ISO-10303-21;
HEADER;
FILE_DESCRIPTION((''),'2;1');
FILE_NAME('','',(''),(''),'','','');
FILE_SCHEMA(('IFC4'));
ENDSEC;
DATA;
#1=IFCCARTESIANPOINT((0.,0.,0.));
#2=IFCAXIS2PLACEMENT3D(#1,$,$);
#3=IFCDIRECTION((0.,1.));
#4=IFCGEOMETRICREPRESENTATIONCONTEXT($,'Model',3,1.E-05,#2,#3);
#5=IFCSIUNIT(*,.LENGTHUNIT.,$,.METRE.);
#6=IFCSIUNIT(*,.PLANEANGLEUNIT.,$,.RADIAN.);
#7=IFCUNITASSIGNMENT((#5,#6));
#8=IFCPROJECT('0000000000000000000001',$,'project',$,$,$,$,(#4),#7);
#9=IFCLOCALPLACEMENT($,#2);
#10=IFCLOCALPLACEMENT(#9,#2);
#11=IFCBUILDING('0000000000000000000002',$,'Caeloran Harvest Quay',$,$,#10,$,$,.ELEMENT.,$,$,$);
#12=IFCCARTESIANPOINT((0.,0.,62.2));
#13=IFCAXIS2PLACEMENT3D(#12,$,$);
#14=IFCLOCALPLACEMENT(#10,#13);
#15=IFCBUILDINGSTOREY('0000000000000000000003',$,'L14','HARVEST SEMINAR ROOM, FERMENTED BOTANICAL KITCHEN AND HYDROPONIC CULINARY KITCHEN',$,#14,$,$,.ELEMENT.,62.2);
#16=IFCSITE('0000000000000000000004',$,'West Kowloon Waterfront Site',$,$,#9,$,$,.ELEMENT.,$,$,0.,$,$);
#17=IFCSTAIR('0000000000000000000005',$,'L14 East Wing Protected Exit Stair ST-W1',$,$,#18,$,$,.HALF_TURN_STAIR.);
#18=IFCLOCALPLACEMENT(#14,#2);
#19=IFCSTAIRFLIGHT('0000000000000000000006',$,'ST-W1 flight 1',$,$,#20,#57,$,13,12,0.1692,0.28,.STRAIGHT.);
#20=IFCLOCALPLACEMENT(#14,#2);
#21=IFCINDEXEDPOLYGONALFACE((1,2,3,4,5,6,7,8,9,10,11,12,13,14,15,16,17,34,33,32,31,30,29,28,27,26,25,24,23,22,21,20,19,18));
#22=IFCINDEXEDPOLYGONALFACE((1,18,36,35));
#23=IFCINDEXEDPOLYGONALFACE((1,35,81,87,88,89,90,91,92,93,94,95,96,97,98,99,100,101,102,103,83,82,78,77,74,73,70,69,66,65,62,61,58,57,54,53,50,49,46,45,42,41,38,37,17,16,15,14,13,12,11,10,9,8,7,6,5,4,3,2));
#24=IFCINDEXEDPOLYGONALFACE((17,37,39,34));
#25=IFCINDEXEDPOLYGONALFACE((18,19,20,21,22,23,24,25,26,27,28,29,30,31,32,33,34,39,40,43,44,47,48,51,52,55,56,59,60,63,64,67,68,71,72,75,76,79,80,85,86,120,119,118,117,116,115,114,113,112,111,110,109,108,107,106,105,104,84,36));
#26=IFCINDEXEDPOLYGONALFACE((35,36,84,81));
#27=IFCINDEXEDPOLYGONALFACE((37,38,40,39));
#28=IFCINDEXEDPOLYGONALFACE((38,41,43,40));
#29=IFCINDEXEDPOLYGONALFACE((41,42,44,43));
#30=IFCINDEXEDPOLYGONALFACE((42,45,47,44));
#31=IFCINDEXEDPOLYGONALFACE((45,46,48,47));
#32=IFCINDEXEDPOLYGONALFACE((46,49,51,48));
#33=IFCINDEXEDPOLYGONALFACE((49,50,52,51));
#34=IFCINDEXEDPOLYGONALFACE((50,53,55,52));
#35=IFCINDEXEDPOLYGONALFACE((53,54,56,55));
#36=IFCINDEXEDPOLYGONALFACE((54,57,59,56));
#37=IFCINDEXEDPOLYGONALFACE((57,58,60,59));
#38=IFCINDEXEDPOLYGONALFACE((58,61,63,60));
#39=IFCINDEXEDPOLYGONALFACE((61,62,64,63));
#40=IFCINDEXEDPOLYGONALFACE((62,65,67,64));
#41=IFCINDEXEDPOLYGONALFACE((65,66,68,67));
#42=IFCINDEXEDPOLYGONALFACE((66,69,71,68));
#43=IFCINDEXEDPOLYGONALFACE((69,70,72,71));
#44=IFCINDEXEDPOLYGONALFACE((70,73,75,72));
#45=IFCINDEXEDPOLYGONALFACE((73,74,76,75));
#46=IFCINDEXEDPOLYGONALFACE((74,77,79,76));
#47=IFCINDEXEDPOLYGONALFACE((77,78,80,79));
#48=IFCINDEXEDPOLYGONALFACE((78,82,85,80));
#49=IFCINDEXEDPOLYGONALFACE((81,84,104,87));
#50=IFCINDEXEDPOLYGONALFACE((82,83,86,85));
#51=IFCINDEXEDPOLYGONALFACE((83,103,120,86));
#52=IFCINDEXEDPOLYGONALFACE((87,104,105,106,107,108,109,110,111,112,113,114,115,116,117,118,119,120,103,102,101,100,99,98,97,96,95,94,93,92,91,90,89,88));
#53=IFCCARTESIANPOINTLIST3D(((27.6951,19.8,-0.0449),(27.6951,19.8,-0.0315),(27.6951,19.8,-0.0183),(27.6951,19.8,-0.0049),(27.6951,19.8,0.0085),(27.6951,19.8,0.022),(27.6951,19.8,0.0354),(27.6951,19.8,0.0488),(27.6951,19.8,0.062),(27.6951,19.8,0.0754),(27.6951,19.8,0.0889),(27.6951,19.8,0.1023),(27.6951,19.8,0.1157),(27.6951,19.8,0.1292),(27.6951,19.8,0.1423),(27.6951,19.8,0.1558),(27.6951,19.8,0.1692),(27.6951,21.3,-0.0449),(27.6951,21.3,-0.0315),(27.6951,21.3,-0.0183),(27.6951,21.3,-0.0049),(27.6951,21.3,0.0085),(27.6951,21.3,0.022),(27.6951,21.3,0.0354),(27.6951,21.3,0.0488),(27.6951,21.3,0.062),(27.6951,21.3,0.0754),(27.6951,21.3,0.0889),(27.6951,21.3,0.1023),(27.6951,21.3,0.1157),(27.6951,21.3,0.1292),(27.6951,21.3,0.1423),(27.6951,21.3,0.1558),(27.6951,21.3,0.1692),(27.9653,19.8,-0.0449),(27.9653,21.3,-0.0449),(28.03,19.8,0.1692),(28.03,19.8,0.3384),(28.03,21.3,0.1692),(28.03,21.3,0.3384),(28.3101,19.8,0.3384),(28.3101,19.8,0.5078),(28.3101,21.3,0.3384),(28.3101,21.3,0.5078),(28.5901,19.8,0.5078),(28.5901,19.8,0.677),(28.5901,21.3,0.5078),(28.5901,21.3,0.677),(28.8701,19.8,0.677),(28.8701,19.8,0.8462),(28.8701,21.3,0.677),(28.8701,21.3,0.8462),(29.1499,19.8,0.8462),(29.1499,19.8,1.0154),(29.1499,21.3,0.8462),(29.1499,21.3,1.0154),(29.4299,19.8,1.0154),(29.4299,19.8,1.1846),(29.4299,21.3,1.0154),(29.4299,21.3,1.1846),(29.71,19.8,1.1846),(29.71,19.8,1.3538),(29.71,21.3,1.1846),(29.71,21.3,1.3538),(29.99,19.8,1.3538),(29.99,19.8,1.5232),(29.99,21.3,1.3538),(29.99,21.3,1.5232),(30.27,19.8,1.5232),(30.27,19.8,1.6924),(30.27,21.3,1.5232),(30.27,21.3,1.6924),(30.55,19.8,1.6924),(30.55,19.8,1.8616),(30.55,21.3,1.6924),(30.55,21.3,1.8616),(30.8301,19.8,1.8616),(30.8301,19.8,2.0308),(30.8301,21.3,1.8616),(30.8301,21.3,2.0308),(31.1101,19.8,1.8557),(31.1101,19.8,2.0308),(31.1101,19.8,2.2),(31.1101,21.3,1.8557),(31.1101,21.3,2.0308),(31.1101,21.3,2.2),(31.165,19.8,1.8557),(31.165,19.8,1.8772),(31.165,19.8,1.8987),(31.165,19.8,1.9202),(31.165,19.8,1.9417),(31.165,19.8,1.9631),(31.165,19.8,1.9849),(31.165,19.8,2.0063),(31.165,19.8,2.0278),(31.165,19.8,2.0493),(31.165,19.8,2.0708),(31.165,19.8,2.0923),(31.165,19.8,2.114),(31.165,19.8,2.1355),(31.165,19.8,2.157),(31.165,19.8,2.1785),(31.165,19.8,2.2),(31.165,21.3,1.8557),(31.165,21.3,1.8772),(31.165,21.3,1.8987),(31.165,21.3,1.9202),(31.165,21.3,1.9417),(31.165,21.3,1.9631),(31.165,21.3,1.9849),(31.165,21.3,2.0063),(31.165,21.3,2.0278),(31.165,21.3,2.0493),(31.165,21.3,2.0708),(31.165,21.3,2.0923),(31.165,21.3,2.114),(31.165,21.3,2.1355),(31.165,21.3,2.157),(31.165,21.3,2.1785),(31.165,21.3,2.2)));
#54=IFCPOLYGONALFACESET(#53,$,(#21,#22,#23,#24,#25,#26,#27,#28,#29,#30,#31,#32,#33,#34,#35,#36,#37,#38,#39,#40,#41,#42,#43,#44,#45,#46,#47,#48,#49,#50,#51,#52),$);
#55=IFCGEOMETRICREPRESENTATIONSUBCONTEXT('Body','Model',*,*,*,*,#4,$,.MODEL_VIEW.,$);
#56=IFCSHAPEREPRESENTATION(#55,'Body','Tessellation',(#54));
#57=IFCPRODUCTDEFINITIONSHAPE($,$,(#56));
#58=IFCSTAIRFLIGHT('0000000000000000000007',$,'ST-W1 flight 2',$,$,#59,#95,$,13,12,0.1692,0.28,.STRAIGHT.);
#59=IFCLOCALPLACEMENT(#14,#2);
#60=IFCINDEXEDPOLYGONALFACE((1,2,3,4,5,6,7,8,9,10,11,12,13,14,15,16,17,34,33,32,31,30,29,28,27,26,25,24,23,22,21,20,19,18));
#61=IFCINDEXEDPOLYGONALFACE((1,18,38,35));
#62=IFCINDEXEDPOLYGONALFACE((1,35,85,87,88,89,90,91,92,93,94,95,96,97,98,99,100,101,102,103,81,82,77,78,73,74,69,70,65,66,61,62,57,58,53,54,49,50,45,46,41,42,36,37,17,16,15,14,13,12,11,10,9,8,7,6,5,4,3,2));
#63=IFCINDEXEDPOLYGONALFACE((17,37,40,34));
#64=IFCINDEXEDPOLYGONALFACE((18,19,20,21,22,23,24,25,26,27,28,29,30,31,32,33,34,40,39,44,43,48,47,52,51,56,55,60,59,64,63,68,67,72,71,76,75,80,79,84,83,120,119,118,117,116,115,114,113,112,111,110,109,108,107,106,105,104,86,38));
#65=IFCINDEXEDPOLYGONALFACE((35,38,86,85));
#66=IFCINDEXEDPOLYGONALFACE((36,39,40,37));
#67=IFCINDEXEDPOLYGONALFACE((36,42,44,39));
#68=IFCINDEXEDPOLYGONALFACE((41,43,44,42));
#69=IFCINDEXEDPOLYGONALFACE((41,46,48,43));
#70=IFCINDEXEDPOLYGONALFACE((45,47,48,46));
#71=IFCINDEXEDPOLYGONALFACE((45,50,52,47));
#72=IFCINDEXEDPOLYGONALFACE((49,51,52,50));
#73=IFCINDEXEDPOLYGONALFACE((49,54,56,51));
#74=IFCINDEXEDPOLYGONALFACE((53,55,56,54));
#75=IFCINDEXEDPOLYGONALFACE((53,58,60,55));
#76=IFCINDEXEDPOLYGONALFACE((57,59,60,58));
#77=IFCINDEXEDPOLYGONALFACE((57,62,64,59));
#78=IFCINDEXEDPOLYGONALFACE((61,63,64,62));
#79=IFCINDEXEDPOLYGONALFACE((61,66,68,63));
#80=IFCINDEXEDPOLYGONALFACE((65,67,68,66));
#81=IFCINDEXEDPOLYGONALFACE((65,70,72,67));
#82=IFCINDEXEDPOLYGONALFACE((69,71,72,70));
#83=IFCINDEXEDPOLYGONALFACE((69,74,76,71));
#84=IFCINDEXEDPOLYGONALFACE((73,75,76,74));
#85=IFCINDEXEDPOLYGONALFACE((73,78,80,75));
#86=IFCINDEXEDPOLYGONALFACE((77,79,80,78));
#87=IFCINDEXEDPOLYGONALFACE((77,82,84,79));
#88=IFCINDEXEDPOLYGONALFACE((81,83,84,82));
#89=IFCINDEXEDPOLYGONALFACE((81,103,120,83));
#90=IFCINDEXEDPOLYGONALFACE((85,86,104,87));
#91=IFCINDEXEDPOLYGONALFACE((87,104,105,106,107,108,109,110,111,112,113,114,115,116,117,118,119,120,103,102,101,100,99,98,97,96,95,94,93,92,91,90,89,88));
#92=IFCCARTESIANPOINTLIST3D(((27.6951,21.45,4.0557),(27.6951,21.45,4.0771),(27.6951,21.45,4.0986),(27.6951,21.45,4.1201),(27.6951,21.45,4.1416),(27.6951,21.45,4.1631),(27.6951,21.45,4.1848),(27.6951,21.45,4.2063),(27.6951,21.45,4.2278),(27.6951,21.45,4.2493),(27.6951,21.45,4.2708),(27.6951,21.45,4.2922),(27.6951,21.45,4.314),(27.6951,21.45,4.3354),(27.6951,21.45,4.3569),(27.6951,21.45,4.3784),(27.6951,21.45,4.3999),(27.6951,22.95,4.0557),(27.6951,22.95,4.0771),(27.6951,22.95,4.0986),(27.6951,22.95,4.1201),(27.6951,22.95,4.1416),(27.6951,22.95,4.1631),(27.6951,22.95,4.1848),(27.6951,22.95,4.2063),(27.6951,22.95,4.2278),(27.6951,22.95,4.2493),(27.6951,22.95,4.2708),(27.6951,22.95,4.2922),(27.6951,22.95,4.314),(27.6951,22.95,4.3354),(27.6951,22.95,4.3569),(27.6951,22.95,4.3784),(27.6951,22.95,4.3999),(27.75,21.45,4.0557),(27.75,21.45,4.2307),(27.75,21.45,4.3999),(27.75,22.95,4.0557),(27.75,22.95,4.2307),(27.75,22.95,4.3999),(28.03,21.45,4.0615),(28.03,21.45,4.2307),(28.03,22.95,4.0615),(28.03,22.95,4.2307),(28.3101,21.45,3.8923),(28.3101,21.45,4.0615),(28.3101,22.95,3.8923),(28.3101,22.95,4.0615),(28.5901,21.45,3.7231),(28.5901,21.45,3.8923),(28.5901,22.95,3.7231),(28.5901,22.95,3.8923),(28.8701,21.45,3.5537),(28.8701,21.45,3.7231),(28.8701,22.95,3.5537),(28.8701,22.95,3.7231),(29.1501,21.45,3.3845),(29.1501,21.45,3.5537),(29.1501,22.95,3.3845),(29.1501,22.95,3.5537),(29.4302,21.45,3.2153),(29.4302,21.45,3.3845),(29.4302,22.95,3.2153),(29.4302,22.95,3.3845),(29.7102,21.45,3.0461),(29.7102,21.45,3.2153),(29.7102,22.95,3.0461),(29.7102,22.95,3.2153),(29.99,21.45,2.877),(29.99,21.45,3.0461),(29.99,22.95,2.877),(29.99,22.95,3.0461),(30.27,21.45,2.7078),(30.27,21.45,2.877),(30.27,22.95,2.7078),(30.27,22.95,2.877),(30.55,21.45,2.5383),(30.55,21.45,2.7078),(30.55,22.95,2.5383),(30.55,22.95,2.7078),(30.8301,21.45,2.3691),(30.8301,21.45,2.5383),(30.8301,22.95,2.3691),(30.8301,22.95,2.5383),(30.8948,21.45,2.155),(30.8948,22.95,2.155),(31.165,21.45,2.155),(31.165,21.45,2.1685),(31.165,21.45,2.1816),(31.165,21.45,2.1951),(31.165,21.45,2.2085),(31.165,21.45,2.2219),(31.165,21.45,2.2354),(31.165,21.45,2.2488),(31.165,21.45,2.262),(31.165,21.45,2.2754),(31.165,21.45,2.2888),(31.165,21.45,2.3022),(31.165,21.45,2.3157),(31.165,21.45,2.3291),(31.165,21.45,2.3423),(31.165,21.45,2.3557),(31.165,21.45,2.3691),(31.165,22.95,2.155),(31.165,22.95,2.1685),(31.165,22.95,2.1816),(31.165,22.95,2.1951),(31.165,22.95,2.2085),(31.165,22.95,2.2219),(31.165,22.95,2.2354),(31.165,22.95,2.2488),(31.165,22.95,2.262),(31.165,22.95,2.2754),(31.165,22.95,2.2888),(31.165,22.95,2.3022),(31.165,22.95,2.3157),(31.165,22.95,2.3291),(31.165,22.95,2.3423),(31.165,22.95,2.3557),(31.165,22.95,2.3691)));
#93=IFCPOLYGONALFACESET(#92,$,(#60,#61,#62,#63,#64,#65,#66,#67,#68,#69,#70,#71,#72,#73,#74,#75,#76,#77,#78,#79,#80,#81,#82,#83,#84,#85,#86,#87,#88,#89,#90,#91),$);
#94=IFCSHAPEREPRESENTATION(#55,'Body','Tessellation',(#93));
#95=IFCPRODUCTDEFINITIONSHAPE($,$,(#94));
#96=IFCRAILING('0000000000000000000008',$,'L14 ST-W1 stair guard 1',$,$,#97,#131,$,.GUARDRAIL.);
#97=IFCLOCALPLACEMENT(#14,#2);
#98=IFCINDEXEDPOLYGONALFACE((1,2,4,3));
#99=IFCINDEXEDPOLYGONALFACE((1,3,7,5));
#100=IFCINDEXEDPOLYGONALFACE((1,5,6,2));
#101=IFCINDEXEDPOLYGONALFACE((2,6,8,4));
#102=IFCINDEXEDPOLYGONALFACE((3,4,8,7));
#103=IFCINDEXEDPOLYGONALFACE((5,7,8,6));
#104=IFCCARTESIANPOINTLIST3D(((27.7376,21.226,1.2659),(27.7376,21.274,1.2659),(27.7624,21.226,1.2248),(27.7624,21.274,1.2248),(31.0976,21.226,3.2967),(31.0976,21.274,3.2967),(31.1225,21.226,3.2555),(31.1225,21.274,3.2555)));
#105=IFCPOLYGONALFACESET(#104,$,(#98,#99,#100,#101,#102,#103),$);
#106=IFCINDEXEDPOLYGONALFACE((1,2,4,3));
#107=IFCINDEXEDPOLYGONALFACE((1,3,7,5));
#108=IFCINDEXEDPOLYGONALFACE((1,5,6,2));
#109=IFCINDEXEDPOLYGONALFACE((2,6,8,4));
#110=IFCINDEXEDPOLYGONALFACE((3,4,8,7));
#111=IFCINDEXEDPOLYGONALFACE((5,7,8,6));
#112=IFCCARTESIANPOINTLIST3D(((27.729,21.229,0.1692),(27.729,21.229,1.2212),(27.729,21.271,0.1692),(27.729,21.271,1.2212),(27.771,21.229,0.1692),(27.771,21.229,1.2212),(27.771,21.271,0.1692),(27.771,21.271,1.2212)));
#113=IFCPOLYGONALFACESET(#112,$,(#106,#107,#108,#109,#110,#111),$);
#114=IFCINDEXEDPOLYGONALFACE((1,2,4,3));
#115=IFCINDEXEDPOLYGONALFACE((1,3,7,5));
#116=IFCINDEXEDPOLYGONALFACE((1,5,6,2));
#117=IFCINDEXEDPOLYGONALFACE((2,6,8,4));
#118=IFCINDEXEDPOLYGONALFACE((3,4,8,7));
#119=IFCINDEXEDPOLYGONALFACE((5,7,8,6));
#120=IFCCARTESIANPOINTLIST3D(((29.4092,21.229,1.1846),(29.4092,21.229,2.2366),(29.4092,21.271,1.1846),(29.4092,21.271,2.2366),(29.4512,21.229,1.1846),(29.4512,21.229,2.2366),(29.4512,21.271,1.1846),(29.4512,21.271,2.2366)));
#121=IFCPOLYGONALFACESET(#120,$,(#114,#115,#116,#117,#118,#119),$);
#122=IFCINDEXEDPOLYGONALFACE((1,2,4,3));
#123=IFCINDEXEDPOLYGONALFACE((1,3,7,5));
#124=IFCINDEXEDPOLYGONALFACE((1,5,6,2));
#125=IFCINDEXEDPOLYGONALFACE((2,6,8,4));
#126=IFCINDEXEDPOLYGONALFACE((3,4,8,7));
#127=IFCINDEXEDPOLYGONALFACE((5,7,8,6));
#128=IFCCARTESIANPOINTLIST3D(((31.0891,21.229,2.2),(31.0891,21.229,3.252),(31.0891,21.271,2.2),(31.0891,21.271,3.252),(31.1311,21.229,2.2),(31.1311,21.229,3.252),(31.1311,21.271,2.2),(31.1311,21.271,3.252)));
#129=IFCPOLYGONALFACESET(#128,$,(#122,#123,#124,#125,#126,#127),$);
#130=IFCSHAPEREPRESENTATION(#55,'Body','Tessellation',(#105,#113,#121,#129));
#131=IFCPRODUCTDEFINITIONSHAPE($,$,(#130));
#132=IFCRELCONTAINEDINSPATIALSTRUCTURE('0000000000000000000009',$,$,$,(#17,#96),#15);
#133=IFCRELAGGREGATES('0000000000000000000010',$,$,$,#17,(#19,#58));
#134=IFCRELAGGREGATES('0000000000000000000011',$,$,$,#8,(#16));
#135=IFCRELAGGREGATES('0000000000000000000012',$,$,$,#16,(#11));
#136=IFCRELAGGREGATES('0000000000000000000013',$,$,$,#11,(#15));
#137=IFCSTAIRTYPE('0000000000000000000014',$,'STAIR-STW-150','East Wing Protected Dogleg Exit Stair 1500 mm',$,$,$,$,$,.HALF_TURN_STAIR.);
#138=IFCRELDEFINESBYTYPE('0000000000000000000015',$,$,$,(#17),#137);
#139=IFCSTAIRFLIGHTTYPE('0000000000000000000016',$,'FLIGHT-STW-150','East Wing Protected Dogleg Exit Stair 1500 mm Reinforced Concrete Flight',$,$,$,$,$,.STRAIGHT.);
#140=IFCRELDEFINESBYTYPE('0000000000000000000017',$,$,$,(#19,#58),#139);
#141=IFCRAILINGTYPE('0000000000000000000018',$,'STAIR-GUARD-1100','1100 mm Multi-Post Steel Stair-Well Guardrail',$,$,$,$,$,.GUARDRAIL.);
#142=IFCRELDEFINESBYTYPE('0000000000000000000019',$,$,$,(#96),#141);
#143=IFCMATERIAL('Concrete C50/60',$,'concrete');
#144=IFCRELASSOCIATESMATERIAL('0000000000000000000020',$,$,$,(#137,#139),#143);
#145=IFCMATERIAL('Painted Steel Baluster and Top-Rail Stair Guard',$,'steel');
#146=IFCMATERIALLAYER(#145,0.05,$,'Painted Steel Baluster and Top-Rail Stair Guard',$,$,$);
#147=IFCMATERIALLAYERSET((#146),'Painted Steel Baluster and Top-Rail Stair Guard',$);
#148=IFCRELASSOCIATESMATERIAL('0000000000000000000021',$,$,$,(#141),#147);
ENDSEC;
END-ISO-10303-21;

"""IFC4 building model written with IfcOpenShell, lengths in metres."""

from ifc_helpers import new_model, si_unit, direction, frame, origin, origin_2d, place, context, subcontext, project, spatial, polyline, rectangle, outline, extrude, material, layer, layer_set, type_object, element, aggregate, save


model = new_model("IFC4")

# Units and contexts
model_context = context("Model", 3, precision=1e-05, world=origin(), true_north=direction((0.0, 1.0)))
body_context = subcontext(model_context, "Body", "Model", "MODEL_VIEW")
ifc_project = project(units=[si_unit("LENGTHUNIT", "METRE"), si_unit("PLANEANGLEUNIT", "RADIAN")], contexts=[model_context])

# Site, building, storey
site_placement = place(None, origin())
site = spatial("IfcSite", under=ifc_project, at=site_placement, Name="West Kowloon Waterfront Site", CompositionType="ELEMENT", RefElevation=0.0)
building_placement = place(site_placement, origin())
building = spatial("IfcBuilding", under=site, at=building_placement, Name="Caeloran Harvest Quay", CompositionType="ELEMENT")
storey_placement = place(building_placement, frame((0.0, 0.0, 62.2)))
storey = spatial("IfcBuildingStorey", under=building, at=storey_placement, Name="L14", Description="HARVEST SEMINAR ROOM, FERMENTED BOTANICAL KITCHEN AND HYDROPONIC CULINARY KITCHEN", CompositionType="ELEMENT", Elevation=62.2)

# Stair, stair flights
ifc_material_1 = material(Name="Concrete C50/60", Category="concrete")
stair_type = type_object("IfcStairType", Name="STAIR-STW-150", Description="East Wing Protected Dogleg Exit Stair 1500 mm", PredefinedType="HALF_TURN_STAIR", material=ifc_material_1)
stair_placement = place(storey_placement, origin())
stair = element("IfcStair", 1, at=stair_placement, inside=storey, type_object=stair_type, Name="L14 East Wing Protected Exit Stair ST-W1", PredefinedType="HALF_TURN_STAIR")
stair_flight_type = type_object("IfcStairFlightType", Name="FLIGHT-STW-150", Description="East Wing Protected Dogleg Exit Stair 1500 mm Reinforced Concrete Flight", PredefinedType="STRAIGHT", material=ifc_material_1)
stair_flight_1_placement = place(storey_placement, frame((27.75, 20.55, 0.0), z_axis=(0.0, 0.0, 1.0), x_axis=(1.0, 0.0, 0.0)))
stair_flight_1 = element("IfcStairFlight", 2, at=stair_flight_1_placement, type_object=stair_flight_type, Name="ST-W1 flight 1", NumberOfRisers=13, NumberOfTreads=12, PredefinedType="STRAIGHT", RiserHeight=0.1692, TreadLength=0.28, context=body_context, shape_type="SweptSolid", body=[
    extrude(outline(polyline([(-0.0549, -0.0449), (-0.0549, -0.0315), (-0.0549, -0.0183), (-0.0549, -0.0049), (-0.0549, 0.0085), (-0.0549, 0.022), (-0.0549, 0.0354), (-0.0549, 0.0488), (-0.0549, 0.062), (-0.0549, 0.0754), (-0.0549, 0.0889), (-0.0549, 0.1023), (-0.0549, 0.1157), (-0.0549, 0.1292), (-0.0549, 0.1423), (-0.0549, 0.1558), (-0.0549, 0.1692), (0.28, 0.1692), (0.28, 0.3384), (0.5601, 0.3384), (0.5601, 0.5078), (0.8401, 0.5078), (0.8401, 0.677), (1.1201, 0.677), (1.1201, 0.8462), (1.3999, 0.8462), (1.3999, 1.0154), (1.6799, 1.0154), (1.6799, 1.1846), (1.96, 1.1846), (1.96, 1.3538), (2.24, 1.3538), (2.24, 1.5232), (2.52, 1.5232), (2.52, 1.6924), (2.8, 1.6924), (2.8, 1.8616), (3.0801, 1.8616), (3.0801, 2.0308), (3.3601, 2.0308), (3.3601, 2.2), (3.415, 2.2), (3.415, 2.1785), (3.415, 2.157), (3.415, 2.1355), (3.415, 2.114), (3.415, 2.0923), (3.415, 2.0708), (3.415, 2.0493), (3.415, 2.0278), (3.415, 2.0063), (3.415, 1.9849), (3.415, 1.9631), (3.415, 1.9417), (3.415, 1.9202), (3.415, 1.8987), (3.415, 1.8772), (3.415, 1.8557), (3.3601, 1.8557), (0.2153, -0.0449), (-0.0549, -0.0449)])), frame((0.0, 0.75, 0.0), z_axis=(0.0, -1.0, 0.0), x_axis=(1.0, 0.0, 0.0)), (0.0, 0.0, 1.0), 1.5),
])
stair_flight_2_placement = place(storey_placement, frame((31.1101, 22.2, 2.2), z_axis=(0.0, 0.0, 1.0), x_axis=(-1.0, 0.0, 0.0)))
stair_flight_2 = element("IfcStairFlight", 3, at=stair_flight_2_placement, type_object=stair_flight_type, Name="ST-W1 flight 2", NumberOfRisers=13, NumberOfTreads=12, PredefinedType="STRAIGHT", RiserHeight=0.1692, TreadLength=0.28, context=body_context, shape_type="SweptSolid", body=[
    extrude(outline(polyline([(-0.0549, -0.0449), (-0.0549, -0.0315), (-0.0549, -0.0183), (-0.0549, -0.0049), (-0.0549, 0.0085), (-0.0549, 0.022), (-0.0549, 0.0354), (-0.0549, 0.0488), (-0.0549, 0.062), (-0.0549, 0.0754), (-0.0549, 0.0889), (-0.0549, 0.1023), (-0.0549, 0.1157), (-0.0549, 0.1292), (-0.0549, 0.1423), (-0.0549, 0.1558), (-0.0549, 0.1692), (0.28, 0.1692), (0.28, 0.3384), (0.5601, 0.3384), (0.5601, 0.5078), (0.8401, 0.5078), (0.8401, 0.677), (1.1201, 0.677), (1.1201, 0.8462), (1.3999, 0.8462), (1.3999, 1.0154), (1.6799, 1.0154), (1.6799, 1.1846), (1.96, 1.1846), (1.96, 1.3538), (2.24, 1.3538), (2.24, 1.5232), (2.52, 1.5232), (2.52, 1.6924), (2.8, 1.6924), (2.8, 1.8616), (3.0801, 1.8616), (3.0801, 2.0308), (3.3601, 2.0308), (3.3601, 2.2), (3.415, 2.2), (3.415, 2.1785), (3.415, 2.157), (3.415, 2.1355), (3.415, 2.114), (3.415, 2.0923), (3.415, 2.0708), (3.415, 2.0493), (3.415, 2.0278), (3.415, 2.0063), (3.415, 1.9849), (3.415, 1.9631), (3.415, 1.9417), (3.415, 1.9202), (3.415, 1.8987), (3.415, 1.8772), (3.415, 1.8557), (3.3601, 1.8557), (0.2153, -0.0449), (-0.0549, -0.0449)])), frame((0.0, 0.75, 0.0), z_axis=(0.0, -1.0, 0.0), x_axis=(1.0, 0.0, 0.0)), (0.0, 0.0, 1.0), 1.5),
])
aggregate(stair, [stair_flight_1, stair_flight_2])

# Railing
ifc_material_2 = material(Name="Painted Steel Baluster and Top-Rail Stair Guard", Category="steel")
ifc_layer_1 = layer(ifc_material_2, 0.05, Name="Painted Steel Baluster and Top-Rail Stair Guard")
ifc_layer_set_1 = layer_set([ifc_layer_1], Name="Painted Steel Baluster and Top-Rail Stair Guard")
railing_type_1 = type_object("IfcRailingType", Name="STAIR-GUARD-1100", Description="1100 mm Multi-Post Steel Stair-Well Guardrail", PredefinedType="GUARDRAIL", material=ifc_layer_set_1)
railing_1_placement = place(storey_placement, frame((27.75, 21.25, 0.1692)))
element("IfcRailing", 4, at=railing_1_placement, inside=storey, type_object=railing_type_1, Name="L14 ST-W1 stair guard 1", PredefinedType="GUARDRAIL", context=body_context, shape_type="SweptSolid", body=[
    extrude(rectangle(XDim=0.0481, YDim=0.0481, at=origin_2d()), frame((0.0, 0.0, 1.0762), z_axis=(0.855837, 0.0, 0.517246), x_axis=(0.0, 1.0, 0.0)), (0.0, 0.0, 1.0), 3.926),
    extrude(rectangle(XDim=0.042, YDim=0.042, at=origin_2d()), origin(), (0.0, 0.0, 1.0), 1.052),
    extrude(rectangle(XDim=0.042, YDim=0.042, at=origin_2d()), frame((1.6802, 0.0, 1.0154)), (0.0, 0.0, 1.0), 1.052),
    extrude(rectangle(XDim=0.042, YDim=0.042, at=origin_2d()), frame((3.3601, 0.0, 2.0308)), (0.0, 0.0, 1.0), 1.052),
])

save(model, "model.ifc")
